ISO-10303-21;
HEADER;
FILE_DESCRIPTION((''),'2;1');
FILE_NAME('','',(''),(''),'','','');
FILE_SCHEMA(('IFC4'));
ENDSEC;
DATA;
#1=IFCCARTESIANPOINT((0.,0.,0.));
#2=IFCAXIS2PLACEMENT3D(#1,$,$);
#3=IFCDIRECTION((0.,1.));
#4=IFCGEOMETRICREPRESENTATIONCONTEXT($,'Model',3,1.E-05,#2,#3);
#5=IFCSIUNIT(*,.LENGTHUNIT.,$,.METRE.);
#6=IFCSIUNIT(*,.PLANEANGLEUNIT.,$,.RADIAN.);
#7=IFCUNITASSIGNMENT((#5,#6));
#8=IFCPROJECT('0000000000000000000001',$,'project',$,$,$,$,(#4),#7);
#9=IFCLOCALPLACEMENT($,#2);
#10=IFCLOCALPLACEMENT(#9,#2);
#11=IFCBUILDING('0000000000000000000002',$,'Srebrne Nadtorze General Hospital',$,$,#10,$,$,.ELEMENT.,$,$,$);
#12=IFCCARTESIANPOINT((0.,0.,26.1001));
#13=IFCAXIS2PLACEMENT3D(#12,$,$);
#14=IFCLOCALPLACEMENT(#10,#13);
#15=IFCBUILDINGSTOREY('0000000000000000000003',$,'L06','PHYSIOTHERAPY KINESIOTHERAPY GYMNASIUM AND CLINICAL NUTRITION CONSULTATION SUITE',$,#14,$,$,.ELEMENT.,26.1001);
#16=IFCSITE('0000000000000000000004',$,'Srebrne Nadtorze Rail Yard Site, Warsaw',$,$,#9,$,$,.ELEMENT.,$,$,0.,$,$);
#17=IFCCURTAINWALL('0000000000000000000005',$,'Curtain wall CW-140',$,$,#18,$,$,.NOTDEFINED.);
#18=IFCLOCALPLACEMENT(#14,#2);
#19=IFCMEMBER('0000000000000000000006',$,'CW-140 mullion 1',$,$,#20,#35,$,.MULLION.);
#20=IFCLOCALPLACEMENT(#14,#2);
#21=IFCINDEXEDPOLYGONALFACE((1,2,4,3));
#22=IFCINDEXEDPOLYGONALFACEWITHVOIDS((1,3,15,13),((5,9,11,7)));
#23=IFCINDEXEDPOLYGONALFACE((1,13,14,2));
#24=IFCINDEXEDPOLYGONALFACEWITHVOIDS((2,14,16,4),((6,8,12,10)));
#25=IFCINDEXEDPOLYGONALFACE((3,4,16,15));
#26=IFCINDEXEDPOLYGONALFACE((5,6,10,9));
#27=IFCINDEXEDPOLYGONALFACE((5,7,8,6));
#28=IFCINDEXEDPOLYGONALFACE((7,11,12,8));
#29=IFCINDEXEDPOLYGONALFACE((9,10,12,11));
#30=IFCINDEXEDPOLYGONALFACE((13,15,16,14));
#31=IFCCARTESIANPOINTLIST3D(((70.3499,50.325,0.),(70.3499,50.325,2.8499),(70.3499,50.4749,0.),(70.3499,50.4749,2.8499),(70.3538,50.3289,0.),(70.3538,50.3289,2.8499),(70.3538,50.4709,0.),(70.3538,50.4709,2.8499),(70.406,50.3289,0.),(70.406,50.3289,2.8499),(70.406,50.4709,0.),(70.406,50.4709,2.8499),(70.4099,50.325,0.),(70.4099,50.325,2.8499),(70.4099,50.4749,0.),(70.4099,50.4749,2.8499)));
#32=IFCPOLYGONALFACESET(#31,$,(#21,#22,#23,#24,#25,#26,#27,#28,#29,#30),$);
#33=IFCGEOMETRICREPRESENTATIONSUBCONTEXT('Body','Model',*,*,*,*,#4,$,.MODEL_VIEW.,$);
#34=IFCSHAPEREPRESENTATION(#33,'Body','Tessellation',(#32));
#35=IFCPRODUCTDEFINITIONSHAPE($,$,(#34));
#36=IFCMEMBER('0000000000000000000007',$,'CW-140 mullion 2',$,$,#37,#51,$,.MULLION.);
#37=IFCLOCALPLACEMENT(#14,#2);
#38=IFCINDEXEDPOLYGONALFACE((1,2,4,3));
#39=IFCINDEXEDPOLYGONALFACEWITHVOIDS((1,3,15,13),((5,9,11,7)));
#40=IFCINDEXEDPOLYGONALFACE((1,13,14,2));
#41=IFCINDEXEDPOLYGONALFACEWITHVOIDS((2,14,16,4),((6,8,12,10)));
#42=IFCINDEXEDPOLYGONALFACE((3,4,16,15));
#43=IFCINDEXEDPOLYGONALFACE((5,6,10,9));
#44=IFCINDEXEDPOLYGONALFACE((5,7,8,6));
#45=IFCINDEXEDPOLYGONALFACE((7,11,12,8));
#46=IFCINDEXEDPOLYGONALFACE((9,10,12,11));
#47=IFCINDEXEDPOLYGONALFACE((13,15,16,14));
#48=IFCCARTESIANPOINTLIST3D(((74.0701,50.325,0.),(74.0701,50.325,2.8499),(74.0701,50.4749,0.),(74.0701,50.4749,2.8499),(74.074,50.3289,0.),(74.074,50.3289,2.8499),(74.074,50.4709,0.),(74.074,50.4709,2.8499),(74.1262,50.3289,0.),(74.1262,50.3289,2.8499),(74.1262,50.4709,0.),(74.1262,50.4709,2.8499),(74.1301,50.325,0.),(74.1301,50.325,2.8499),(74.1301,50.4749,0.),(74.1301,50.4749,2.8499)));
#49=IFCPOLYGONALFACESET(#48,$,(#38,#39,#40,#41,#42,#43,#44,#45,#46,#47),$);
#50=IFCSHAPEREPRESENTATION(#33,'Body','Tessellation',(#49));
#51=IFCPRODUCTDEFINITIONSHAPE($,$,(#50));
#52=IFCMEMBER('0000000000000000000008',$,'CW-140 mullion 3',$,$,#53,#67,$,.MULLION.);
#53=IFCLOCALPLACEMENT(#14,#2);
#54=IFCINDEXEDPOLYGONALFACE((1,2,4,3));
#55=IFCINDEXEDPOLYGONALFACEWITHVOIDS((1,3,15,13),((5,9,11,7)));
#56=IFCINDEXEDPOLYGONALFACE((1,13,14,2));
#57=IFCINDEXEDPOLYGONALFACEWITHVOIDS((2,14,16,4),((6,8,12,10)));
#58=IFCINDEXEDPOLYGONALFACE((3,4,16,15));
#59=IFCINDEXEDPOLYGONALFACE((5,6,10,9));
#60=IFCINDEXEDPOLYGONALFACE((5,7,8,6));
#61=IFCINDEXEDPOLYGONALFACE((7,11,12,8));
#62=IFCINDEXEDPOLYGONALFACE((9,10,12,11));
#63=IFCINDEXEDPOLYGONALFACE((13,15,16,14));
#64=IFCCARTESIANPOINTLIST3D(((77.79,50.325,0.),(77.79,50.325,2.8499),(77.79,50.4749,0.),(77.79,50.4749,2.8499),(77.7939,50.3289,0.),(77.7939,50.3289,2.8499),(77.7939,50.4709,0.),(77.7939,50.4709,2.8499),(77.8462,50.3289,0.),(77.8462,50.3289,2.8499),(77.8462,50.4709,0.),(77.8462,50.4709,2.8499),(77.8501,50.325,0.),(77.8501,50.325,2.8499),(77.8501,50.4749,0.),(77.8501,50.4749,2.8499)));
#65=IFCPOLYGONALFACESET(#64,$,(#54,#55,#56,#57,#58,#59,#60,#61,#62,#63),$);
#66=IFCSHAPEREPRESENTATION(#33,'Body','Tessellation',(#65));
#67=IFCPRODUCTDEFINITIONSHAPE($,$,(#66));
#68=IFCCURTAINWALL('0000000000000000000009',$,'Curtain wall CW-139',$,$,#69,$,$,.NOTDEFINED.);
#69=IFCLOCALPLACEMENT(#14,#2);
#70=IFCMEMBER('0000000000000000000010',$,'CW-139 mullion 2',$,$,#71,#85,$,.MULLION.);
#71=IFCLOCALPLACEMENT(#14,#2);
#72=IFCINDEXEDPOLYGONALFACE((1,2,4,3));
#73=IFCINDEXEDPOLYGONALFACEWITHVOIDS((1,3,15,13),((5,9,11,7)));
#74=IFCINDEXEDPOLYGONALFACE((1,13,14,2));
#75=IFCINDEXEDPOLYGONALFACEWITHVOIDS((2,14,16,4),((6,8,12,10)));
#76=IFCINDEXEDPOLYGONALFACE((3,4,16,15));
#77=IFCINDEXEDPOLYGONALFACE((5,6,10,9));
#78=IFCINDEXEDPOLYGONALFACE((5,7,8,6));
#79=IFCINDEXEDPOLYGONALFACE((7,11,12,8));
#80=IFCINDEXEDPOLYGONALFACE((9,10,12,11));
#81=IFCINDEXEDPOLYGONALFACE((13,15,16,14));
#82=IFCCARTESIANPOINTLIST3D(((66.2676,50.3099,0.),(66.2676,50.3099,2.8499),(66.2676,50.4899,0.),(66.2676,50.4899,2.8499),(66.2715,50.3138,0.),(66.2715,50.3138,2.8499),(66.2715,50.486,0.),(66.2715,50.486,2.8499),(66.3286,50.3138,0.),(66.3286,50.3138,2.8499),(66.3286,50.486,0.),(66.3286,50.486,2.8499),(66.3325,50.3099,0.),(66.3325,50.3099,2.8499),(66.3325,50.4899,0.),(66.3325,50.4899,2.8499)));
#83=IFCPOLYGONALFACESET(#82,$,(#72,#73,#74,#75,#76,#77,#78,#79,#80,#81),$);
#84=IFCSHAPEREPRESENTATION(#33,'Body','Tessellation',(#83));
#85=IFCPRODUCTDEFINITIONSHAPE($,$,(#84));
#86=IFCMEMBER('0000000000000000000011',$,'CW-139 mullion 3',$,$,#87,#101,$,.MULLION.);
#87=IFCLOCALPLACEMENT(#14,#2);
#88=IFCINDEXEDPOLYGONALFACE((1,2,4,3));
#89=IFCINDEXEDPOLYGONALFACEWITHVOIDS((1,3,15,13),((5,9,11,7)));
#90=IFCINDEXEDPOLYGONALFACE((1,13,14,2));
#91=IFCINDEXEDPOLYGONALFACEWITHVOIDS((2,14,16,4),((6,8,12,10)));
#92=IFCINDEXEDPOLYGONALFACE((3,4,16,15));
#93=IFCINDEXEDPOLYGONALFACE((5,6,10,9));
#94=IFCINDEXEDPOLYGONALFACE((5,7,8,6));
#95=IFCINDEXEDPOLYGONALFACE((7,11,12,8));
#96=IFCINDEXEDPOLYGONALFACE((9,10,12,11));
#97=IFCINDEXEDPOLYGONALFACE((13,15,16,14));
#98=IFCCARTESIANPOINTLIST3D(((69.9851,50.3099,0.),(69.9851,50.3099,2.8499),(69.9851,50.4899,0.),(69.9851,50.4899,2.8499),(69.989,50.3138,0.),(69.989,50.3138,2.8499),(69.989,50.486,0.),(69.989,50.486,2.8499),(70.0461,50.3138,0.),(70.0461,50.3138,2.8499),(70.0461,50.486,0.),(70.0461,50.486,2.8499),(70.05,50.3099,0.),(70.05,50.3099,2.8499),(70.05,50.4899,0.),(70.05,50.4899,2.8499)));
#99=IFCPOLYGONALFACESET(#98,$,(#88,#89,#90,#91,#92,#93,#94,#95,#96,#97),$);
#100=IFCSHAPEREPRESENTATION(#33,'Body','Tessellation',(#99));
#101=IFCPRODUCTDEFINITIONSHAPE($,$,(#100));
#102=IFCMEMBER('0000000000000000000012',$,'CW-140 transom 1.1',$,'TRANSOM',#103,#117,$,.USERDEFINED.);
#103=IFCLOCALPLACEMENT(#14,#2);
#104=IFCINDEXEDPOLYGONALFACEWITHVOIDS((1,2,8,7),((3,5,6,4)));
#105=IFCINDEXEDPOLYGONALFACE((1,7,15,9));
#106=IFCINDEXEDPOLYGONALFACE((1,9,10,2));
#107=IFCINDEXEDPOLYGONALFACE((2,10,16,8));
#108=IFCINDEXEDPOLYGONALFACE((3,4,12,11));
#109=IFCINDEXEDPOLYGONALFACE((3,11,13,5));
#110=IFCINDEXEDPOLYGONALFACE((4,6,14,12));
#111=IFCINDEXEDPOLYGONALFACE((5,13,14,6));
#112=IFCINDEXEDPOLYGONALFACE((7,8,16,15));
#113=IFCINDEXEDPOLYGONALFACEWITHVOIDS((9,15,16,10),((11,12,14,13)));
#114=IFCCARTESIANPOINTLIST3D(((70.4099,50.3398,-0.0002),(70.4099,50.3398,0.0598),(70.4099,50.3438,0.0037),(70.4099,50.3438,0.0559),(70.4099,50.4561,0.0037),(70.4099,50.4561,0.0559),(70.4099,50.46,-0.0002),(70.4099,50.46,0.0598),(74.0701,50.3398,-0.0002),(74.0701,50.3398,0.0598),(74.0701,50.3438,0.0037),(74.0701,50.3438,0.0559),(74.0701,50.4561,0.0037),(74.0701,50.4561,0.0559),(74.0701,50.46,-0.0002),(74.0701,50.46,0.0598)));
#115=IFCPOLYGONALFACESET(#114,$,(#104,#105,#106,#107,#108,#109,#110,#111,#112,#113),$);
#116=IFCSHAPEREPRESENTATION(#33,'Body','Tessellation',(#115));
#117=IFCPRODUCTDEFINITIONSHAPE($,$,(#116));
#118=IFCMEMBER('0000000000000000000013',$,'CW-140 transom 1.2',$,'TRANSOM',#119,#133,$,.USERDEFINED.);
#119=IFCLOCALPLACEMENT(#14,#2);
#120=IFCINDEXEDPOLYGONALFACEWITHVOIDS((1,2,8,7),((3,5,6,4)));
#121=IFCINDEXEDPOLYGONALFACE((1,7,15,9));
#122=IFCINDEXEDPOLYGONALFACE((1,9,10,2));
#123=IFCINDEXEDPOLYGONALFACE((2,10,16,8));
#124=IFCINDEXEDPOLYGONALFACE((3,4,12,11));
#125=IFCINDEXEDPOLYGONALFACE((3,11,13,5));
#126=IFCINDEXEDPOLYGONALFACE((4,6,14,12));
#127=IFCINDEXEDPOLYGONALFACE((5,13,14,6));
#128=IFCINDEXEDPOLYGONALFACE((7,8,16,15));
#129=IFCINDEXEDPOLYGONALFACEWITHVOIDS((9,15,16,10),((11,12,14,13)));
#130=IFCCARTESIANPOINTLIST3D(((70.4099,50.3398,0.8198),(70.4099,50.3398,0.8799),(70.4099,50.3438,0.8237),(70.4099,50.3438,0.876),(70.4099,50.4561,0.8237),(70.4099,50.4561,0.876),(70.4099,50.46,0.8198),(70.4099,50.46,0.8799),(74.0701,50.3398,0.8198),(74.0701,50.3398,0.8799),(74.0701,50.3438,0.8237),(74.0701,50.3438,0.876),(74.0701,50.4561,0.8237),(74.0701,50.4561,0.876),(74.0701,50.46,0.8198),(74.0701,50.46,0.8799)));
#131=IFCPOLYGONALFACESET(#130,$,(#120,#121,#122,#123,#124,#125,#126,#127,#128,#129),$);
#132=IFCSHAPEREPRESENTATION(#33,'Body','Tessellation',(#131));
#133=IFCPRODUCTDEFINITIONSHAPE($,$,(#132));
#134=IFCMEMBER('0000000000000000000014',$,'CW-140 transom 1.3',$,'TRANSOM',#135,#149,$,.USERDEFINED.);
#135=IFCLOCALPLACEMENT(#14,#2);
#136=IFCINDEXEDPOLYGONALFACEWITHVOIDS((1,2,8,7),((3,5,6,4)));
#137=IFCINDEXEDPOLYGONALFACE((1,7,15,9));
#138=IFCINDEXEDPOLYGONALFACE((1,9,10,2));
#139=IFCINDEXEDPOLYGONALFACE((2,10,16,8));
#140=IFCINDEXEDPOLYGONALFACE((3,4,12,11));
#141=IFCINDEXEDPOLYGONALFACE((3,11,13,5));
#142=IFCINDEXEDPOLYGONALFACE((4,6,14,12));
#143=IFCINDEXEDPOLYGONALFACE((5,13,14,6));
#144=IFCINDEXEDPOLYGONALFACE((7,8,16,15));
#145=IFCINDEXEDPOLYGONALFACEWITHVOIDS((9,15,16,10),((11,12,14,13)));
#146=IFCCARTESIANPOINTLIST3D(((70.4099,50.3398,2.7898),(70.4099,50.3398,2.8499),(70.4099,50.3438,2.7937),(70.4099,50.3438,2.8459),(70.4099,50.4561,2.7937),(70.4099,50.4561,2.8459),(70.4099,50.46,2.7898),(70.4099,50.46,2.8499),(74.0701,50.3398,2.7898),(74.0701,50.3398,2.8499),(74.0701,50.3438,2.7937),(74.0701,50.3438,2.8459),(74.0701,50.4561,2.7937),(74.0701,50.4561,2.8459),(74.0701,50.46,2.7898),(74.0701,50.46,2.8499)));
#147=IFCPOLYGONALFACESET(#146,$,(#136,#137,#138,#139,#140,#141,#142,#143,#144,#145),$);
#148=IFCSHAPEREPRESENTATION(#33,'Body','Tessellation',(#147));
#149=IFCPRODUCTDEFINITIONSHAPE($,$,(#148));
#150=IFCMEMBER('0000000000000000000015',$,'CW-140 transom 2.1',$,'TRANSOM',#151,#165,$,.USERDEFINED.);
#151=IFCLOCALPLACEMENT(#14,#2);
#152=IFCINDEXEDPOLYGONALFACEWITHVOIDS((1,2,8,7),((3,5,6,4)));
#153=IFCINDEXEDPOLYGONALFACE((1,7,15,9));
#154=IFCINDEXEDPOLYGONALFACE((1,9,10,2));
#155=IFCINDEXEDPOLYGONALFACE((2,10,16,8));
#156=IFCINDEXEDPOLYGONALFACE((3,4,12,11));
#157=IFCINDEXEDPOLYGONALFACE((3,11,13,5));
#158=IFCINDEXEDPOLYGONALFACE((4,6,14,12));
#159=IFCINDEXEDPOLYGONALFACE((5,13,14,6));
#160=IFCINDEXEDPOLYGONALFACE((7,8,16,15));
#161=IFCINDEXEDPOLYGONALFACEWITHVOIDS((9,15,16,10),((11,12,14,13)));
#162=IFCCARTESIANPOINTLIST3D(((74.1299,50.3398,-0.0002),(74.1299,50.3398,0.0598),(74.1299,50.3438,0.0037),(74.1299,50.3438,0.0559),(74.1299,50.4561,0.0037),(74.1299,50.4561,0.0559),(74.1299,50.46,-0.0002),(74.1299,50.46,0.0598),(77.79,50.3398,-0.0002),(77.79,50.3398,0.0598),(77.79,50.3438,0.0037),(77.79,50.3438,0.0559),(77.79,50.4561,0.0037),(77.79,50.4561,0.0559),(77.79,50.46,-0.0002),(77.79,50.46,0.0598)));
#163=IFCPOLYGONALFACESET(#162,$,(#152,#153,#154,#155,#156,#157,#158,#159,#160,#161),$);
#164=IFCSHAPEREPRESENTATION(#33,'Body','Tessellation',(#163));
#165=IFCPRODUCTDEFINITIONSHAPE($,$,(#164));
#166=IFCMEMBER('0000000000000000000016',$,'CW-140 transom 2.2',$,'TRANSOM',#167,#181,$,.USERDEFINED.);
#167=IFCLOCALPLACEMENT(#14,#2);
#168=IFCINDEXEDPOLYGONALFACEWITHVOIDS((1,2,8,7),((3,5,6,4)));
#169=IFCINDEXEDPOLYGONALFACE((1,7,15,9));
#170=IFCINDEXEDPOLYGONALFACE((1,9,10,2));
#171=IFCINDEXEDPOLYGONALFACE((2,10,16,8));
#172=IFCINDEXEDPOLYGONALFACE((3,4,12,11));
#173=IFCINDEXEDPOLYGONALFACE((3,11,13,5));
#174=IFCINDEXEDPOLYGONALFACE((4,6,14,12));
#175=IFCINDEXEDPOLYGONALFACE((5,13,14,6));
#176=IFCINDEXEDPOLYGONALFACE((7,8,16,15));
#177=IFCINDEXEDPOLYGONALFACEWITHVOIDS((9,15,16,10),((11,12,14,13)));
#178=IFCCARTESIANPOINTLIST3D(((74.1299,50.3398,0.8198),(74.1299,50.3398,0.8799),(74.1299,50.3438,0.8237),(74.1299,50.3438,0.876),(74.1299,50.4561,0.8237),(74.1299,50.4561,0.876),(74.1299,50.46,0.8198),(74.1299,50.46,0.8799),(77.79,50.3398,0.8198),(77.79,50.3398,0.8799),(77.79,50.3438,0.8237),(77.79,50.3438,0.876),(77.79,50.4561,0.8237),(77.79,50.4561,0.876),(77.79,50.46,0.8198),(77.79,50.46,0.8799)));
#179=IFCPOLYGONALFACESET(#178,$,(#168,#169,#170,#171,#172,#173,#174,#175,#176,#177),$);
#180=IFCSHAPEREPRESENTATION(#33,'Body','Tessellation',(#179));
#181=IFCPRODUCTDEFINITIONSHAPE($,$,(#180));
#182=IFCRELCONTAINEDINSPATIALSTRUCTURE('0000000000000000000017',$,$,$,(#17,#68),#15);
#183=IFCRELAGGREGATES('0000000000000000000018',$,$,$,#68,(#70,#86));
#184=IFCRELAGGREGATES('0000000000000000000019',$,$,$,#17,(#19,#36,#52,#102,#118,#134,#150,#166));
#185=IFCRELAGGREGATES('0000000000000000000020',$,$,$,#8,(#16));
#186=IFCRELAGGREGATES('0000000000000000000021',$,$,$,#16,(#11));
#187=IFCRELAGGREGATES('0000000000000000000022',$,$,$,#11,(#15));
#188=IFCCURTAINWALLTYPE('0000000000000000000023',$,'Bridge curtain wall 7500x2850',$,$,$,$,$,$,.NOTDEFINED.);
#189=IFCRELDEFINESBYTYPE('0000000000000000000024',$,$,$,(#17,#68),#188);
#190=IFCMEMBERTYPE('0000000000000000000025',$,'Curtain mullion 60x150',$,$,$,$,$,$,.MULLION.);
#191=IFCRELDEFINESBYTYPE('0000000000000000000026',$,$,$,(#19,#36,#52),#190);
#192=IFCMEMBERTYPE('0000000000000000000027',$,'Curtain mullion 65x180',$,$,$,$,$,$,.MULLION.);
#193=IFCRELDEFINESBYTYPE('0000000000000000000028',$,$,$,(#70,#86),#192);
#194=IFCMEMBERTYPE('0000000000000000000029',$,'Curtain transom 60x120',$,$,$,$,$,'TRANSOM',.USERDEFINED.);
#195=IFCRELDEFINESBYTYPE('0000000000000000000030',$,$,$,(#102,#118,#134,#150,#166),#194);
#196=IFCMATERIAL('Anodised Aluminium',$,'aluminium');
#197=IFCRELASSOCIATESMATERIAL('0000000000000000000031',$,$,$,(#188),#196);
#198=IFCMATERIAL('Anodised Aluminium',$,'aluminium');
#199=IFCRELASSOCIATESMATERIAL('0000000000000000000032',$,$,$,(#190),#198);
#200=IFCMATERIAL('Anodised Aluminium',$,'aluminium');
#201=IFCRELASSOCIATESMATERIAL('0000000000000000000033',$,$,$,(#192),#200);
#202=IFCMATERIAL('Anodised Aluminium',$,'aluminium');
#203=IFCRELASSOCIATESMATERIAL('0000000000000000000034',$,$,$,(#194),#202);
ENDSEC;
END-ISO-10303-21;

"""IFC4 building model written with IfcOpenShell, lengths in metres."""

from ifc_helpers import new_model, si_unit, direction, frame, origin, origin_2d, place, context, subcontext, project, spatial, hollow_rectangle, extrude, material, material_profile, profile_set, type_object, element, aggregate, save


model = new_model("IFC4")

# Units and contexts
model_context = context("Model", 3, precision=1e-05, world=origin(), true_north=direction((0.0, 1.0)))
body_context = subcontext(model_context, "Body", "Model", "MODEL_VIEW")
ifc_project = project(units=[si_unit("LENGTHUNIT", "METRE"), si_unit("PLANEANGLEUNIT", "RADIAN")], contexts=[model_context])

# Site, building, storey
site_placement = place(None, origin())
site = spatial("IfcSite", under=ifc_project, at=site_placement, Name="Srebrne Nadtorze Rail Yard Site, Warsaw", CompositionType="ELEMENT", RefElevation=0.0)
building_placement = place(site_placement, origin())
building = spatial("IfcBuilding", under=site, at=building_placement, Name="Srebrne Nadtorze General Hospital", CompositionType="ELEMENT")
storey_placement = place(building_placement, frame((0.0, 0.0, 26.1001)))
storey = spatial("IfcBuildingStorey", under=building, at=storey_placement, Name="L06", Description="PHYSIOTHERAPY KINESIOTHERAPY GYMNASIUM AND CLINICAL NUTRITION CONSULTATION SUITE", CompositionType="ELEMENT", Elevation=26.1001)

# Curtain walls, members
ifc_material_1 = material(Name="Anodised Aluminium", Category="aluminium")
curtain_wall_type = type_object("IfcCurtainWallType", Name="Bridge curtain wall 7500x2850", PredefinedType="NOTDEFINED", material=ifc_material_1)
curtain_wall_1_placement = place(storey_placement, origin())
curtain_wall_1 = element("IfcCurtainWall", 1, at=curtain_wall_1_placement, inside=storey, type_object=curtain_wall_type, Name="Curtain wall CW-140", PredefinedType="NOTDEFINED")
ifc_material_2 = material(Name="Anodised Aluminium", Category="aluminium")
ifc_material_profile_1 = material_profile(ifc_material_2, hollow_rectangle(XDim=0.0601, YDim=0.1499, WallThickness=0.0039, at=origin_2d()), Name="AL-MUL-60x150")
ifc_profile_set_1 = profile_set([ifc_material_profile_1], Name="Anodised Aluminium")
member_type_1 = type_object("IfcMemberType", Name="Curtain mullion 60x150", PredefinedType="MULLION", material=ifc_profile_set_1)
member_1_placement = place(storey_placement, frame((70.3799, 50.3999, 0.0), z_axis=(0.0, 0.0, 1.0), x_axis=(1.0, 0.0, 0.0)))
member_1 = element("IfcMember", 2, at=member_1_placement, type_object=member_type_1, Name="CW-140 mullion 1", PredefinedType="MULLION", context=body_context, shape_type="SweptSolid", body=[
    extrude(hollow_rectangle(XDim=0.0601, YDim=0.1499, WallThickness=0.0039, at=origin_2d()), origin(), (0.0, 0.0, 1.0), 2.8499),
])
member_2_placement = place(storey_placement, frame((74.1001, 50.3999, 0.0), z_axis=(0.0, 0.0, 1.0), x_axis=(1.0, 0.0, 0.0)))
member_2 = element("IfcMember", 3, at=member_2_placement, type_object=member_type_1, Name="CW-140 mullion 2", PredefinedType="MULLION", context=body_context, shape_type="SweptSolid", body=[
    extrude(hollow_rectangle(XDim=0.0601, YDim=0.1499, WallThickness=0.0039, at=origin_2d()), origin(), (0.0, 0.0, 1.0), 2.8499),
])
member_3_placement = place(storey_placement, frame((77.8201, 50.3999, 0.0), z_axis=(0.0, 0.0, 1.0), x_axis=(1.0, 0.0, 0.0)))
member_3 = element("IfcMember", 4, at=member_3_placement, type_object=member_type_1, Name="CW-140 mullion 3", PredefinedType="MULLION", context=body_context, shape_type="SweptSolid", body=[
    extrude(hollow_rectangle(XDim=0.0601, YDim=0.1499, WallThickness=0.0039, at=origin_2d()), origin(), (0.0, 0.0, 1.0), 2.8499),
])
curtain_wall_2_placement = place(storey_placement, origin())
curtain_wall_2 = element("IfcCurtainWall", 5, at=curtain_wall_2_placement, inside=storey, type_object=curtain_wall_type, Name="Curtain wall CW-139", PredefinedType="NOTDEFINED")
ifc_material_3 = material(Name="Anodised Aluminium", Category="aluminium")
ifc_material_profile_2 = material_profile(ifc_material_3, hollow_rectangle(XDim=0.0649, YDim=0.1799, WallThickness=0.0039, at=origin_2d()), Name="AL-MUL-65x180")
ifc_profile_set_2 = profile_set([ifc_material_profile_2], Name="Anodised Aluminium")
member_type_2 = type_object("IfcMemberType", Name="Curtain mullion 65x180", PredefinedType="MULLION", material=ifc_profile_set_2)
member_4_placement = place(storey_placement, frame((66.3, 50.3999, 0.0), z_axis=(0.0, 0.0, 1.0), x_axis=(1.0, 0.0, 0.0)))
member_4 = element("IfcMember", 6, at=member_4_placement, type_object=member_type_2, Name="CW-139 mullion 2", PredefinedType="MULLION", context=body_context, shape_type="SweptSolid", body=[
    extrude(hollow_rectangle(XDim=0.0649, YDim=0.1799, WallThickness=0.0039, at=origin_2d()), origin(), (0.0, 0.0, 1.0), 2.8499),
])
member_5_placement = place(storey_placement, frame((70.0176, 50.3999, 0.0), z_axis=(0.0, 0.0, 1.0), x_axis=(1.0, 0.0, 0.0)))
member_5 = element("IfcMember", 7, at=member_5_placement, type_object=member_type_2, Name="CW-139 mullion 3", PredefinedType="MULLION", context=body_context, shape_type="SweptSolid", body=[
    extrude(hollow_rectangle(XDim=0.0649, YDim=0.1799, WallThickness=0.0039, at=origin_2d()), origin(), (0.0, 0.0, 1.0), 2.8499),
])

# Members
ifc_material_4 = material(Name="Anodised Aluminium", Category="aluminium")
ifc_material_profile_3 = material_profile(ifc_material_4, hollow_rectangle(XDim=0.0601, YDim=0.1201, WallThickness=0.0039, at=origin_2d()), Name="AL-TRN-60x120")
ifc_profile_set_3 = profile_set([ifc_material_profile_3], Name="Anodised Aluminium")
member_type_3 = type_object("IfcMemberType", Name="Curtain transom 60x120", ElementType="TRANSOM", PredefinedType="USERDEFINED", material=ifc_profile_set_3)
member_6_placement = place(storey_placement, frame((70.4099, 50.3999, 0.0298), z_axis=(1.0, 0.0, 0.0), x_axis=(0.0, 0.0, 1.0)))
member_6 = element("IfcMember", 8, at=member_6_placement, type_object=member_type_3, Name="CW-140 transom 1.1", ObjectType="TRANSOM", PredefinedType="USERDEFINED", context=body_context, shape_type="SweptSolid", body=[
    extrude(hollow_rectangle(XDim=0.0601, YDim=0.1201, WallThickness=0.0039, at=origin_2d()), origin(), (0.0, 0.0, 1.0), 3.6602),
])
member_7_placement = place(storey_placement, frame((70.4099, 50.3999, 0.8499), z_axis=(1.0, 0.0, 0.0), x_axis=(0.0, 0.0, 1.0)))
member_7 = element("IfcMember", 9, at=member_7_placement, type_object=member_type_3, Name="CW-140 transom 1.2", ObjectType="TRANSOM", PredefinedType="USERDEFINED", context=body_context, shape_type="SweptSolid", body=[
    extrude(hollow_rectangle(XDim=0.0601, YDim=0.1201, WallThickness=0.0039, at=origin_2d()), origin(), (0.0, 0.0, 1.0), 3.6602),
])
member_8_placement = place(storey_placement, frame((70.4099, 50.3999, 2.8198), z_axis=(1.0, 0.0, 0.0), x_axis=(0.0, 0.0, 1.0)))
member_8 = element("IfcMember", 10, at=member_8_placement, type_object=member_type_3, Name="CW-140 transom 1.3", ObjectType="TRANSOM", PredefinedType="USERDEFINED", context=body_context, shape_type="SweptSolid", body=[
    extrude(hollow_rectangle(XDim=0.0601, YDim=0.1201, WallThickness=0.0039, at=origin_2d()), origin(), (0.0, 0.0, 1.0), 3.6602),
])
member_9_placement = place(storey_placement, frame((74.1299, 50.3999, 0.0298), z_axis=(1.0, 0.0, 0.0), x_axis=(0.0, 0.0, 1.0)))
member_9 = element("IfcMember", 11, at=member_9_placement, type_object=member_type_3, Name="CW-140 transom 2.1", ObjectType="TRANSOM", PredefinedType="USERDEFINED", context=body_context, shape_type="SweptSolid", body=[
    extrude(hollow_rectangle(XDim=0.0601, YDim=0.1201, WallThickness=0.0039, at=origin_2d()), origin(), (0.0, 0.0, 1.0), 3.6602),
])
member_10_placement = place(storey_placement, frame((74.1299, 50.3999, 0.8499), z_axis=(1.0, 0.0, 0.0), x_axis=(0.0, 0.0, 1.0)))
member_10 = element("IfcMember", 12, at=member_10_placement, type_object=member_type_3, Name="CW-140 transom 2.2", ObjectType="TRANSOM", PredefinedType="USERDEFINED", context=body_context, shape_type="SweptSolid", body=[
    extrude(hollow_rectangle(XDim=0.0601, YDim=0.1201, WallThickness=0.0039, at=origin_2d()), origin(), (0.0, 0.0, 1.0), 3.6602),
])

aggregate(curtain_wall_2, [member_4, member_5])
aggregate(curtain_wall_1, [member_1, member_2, member_3, member_6, member_7, member_8, member_9, member_10])

save(model, "model.ifc")
